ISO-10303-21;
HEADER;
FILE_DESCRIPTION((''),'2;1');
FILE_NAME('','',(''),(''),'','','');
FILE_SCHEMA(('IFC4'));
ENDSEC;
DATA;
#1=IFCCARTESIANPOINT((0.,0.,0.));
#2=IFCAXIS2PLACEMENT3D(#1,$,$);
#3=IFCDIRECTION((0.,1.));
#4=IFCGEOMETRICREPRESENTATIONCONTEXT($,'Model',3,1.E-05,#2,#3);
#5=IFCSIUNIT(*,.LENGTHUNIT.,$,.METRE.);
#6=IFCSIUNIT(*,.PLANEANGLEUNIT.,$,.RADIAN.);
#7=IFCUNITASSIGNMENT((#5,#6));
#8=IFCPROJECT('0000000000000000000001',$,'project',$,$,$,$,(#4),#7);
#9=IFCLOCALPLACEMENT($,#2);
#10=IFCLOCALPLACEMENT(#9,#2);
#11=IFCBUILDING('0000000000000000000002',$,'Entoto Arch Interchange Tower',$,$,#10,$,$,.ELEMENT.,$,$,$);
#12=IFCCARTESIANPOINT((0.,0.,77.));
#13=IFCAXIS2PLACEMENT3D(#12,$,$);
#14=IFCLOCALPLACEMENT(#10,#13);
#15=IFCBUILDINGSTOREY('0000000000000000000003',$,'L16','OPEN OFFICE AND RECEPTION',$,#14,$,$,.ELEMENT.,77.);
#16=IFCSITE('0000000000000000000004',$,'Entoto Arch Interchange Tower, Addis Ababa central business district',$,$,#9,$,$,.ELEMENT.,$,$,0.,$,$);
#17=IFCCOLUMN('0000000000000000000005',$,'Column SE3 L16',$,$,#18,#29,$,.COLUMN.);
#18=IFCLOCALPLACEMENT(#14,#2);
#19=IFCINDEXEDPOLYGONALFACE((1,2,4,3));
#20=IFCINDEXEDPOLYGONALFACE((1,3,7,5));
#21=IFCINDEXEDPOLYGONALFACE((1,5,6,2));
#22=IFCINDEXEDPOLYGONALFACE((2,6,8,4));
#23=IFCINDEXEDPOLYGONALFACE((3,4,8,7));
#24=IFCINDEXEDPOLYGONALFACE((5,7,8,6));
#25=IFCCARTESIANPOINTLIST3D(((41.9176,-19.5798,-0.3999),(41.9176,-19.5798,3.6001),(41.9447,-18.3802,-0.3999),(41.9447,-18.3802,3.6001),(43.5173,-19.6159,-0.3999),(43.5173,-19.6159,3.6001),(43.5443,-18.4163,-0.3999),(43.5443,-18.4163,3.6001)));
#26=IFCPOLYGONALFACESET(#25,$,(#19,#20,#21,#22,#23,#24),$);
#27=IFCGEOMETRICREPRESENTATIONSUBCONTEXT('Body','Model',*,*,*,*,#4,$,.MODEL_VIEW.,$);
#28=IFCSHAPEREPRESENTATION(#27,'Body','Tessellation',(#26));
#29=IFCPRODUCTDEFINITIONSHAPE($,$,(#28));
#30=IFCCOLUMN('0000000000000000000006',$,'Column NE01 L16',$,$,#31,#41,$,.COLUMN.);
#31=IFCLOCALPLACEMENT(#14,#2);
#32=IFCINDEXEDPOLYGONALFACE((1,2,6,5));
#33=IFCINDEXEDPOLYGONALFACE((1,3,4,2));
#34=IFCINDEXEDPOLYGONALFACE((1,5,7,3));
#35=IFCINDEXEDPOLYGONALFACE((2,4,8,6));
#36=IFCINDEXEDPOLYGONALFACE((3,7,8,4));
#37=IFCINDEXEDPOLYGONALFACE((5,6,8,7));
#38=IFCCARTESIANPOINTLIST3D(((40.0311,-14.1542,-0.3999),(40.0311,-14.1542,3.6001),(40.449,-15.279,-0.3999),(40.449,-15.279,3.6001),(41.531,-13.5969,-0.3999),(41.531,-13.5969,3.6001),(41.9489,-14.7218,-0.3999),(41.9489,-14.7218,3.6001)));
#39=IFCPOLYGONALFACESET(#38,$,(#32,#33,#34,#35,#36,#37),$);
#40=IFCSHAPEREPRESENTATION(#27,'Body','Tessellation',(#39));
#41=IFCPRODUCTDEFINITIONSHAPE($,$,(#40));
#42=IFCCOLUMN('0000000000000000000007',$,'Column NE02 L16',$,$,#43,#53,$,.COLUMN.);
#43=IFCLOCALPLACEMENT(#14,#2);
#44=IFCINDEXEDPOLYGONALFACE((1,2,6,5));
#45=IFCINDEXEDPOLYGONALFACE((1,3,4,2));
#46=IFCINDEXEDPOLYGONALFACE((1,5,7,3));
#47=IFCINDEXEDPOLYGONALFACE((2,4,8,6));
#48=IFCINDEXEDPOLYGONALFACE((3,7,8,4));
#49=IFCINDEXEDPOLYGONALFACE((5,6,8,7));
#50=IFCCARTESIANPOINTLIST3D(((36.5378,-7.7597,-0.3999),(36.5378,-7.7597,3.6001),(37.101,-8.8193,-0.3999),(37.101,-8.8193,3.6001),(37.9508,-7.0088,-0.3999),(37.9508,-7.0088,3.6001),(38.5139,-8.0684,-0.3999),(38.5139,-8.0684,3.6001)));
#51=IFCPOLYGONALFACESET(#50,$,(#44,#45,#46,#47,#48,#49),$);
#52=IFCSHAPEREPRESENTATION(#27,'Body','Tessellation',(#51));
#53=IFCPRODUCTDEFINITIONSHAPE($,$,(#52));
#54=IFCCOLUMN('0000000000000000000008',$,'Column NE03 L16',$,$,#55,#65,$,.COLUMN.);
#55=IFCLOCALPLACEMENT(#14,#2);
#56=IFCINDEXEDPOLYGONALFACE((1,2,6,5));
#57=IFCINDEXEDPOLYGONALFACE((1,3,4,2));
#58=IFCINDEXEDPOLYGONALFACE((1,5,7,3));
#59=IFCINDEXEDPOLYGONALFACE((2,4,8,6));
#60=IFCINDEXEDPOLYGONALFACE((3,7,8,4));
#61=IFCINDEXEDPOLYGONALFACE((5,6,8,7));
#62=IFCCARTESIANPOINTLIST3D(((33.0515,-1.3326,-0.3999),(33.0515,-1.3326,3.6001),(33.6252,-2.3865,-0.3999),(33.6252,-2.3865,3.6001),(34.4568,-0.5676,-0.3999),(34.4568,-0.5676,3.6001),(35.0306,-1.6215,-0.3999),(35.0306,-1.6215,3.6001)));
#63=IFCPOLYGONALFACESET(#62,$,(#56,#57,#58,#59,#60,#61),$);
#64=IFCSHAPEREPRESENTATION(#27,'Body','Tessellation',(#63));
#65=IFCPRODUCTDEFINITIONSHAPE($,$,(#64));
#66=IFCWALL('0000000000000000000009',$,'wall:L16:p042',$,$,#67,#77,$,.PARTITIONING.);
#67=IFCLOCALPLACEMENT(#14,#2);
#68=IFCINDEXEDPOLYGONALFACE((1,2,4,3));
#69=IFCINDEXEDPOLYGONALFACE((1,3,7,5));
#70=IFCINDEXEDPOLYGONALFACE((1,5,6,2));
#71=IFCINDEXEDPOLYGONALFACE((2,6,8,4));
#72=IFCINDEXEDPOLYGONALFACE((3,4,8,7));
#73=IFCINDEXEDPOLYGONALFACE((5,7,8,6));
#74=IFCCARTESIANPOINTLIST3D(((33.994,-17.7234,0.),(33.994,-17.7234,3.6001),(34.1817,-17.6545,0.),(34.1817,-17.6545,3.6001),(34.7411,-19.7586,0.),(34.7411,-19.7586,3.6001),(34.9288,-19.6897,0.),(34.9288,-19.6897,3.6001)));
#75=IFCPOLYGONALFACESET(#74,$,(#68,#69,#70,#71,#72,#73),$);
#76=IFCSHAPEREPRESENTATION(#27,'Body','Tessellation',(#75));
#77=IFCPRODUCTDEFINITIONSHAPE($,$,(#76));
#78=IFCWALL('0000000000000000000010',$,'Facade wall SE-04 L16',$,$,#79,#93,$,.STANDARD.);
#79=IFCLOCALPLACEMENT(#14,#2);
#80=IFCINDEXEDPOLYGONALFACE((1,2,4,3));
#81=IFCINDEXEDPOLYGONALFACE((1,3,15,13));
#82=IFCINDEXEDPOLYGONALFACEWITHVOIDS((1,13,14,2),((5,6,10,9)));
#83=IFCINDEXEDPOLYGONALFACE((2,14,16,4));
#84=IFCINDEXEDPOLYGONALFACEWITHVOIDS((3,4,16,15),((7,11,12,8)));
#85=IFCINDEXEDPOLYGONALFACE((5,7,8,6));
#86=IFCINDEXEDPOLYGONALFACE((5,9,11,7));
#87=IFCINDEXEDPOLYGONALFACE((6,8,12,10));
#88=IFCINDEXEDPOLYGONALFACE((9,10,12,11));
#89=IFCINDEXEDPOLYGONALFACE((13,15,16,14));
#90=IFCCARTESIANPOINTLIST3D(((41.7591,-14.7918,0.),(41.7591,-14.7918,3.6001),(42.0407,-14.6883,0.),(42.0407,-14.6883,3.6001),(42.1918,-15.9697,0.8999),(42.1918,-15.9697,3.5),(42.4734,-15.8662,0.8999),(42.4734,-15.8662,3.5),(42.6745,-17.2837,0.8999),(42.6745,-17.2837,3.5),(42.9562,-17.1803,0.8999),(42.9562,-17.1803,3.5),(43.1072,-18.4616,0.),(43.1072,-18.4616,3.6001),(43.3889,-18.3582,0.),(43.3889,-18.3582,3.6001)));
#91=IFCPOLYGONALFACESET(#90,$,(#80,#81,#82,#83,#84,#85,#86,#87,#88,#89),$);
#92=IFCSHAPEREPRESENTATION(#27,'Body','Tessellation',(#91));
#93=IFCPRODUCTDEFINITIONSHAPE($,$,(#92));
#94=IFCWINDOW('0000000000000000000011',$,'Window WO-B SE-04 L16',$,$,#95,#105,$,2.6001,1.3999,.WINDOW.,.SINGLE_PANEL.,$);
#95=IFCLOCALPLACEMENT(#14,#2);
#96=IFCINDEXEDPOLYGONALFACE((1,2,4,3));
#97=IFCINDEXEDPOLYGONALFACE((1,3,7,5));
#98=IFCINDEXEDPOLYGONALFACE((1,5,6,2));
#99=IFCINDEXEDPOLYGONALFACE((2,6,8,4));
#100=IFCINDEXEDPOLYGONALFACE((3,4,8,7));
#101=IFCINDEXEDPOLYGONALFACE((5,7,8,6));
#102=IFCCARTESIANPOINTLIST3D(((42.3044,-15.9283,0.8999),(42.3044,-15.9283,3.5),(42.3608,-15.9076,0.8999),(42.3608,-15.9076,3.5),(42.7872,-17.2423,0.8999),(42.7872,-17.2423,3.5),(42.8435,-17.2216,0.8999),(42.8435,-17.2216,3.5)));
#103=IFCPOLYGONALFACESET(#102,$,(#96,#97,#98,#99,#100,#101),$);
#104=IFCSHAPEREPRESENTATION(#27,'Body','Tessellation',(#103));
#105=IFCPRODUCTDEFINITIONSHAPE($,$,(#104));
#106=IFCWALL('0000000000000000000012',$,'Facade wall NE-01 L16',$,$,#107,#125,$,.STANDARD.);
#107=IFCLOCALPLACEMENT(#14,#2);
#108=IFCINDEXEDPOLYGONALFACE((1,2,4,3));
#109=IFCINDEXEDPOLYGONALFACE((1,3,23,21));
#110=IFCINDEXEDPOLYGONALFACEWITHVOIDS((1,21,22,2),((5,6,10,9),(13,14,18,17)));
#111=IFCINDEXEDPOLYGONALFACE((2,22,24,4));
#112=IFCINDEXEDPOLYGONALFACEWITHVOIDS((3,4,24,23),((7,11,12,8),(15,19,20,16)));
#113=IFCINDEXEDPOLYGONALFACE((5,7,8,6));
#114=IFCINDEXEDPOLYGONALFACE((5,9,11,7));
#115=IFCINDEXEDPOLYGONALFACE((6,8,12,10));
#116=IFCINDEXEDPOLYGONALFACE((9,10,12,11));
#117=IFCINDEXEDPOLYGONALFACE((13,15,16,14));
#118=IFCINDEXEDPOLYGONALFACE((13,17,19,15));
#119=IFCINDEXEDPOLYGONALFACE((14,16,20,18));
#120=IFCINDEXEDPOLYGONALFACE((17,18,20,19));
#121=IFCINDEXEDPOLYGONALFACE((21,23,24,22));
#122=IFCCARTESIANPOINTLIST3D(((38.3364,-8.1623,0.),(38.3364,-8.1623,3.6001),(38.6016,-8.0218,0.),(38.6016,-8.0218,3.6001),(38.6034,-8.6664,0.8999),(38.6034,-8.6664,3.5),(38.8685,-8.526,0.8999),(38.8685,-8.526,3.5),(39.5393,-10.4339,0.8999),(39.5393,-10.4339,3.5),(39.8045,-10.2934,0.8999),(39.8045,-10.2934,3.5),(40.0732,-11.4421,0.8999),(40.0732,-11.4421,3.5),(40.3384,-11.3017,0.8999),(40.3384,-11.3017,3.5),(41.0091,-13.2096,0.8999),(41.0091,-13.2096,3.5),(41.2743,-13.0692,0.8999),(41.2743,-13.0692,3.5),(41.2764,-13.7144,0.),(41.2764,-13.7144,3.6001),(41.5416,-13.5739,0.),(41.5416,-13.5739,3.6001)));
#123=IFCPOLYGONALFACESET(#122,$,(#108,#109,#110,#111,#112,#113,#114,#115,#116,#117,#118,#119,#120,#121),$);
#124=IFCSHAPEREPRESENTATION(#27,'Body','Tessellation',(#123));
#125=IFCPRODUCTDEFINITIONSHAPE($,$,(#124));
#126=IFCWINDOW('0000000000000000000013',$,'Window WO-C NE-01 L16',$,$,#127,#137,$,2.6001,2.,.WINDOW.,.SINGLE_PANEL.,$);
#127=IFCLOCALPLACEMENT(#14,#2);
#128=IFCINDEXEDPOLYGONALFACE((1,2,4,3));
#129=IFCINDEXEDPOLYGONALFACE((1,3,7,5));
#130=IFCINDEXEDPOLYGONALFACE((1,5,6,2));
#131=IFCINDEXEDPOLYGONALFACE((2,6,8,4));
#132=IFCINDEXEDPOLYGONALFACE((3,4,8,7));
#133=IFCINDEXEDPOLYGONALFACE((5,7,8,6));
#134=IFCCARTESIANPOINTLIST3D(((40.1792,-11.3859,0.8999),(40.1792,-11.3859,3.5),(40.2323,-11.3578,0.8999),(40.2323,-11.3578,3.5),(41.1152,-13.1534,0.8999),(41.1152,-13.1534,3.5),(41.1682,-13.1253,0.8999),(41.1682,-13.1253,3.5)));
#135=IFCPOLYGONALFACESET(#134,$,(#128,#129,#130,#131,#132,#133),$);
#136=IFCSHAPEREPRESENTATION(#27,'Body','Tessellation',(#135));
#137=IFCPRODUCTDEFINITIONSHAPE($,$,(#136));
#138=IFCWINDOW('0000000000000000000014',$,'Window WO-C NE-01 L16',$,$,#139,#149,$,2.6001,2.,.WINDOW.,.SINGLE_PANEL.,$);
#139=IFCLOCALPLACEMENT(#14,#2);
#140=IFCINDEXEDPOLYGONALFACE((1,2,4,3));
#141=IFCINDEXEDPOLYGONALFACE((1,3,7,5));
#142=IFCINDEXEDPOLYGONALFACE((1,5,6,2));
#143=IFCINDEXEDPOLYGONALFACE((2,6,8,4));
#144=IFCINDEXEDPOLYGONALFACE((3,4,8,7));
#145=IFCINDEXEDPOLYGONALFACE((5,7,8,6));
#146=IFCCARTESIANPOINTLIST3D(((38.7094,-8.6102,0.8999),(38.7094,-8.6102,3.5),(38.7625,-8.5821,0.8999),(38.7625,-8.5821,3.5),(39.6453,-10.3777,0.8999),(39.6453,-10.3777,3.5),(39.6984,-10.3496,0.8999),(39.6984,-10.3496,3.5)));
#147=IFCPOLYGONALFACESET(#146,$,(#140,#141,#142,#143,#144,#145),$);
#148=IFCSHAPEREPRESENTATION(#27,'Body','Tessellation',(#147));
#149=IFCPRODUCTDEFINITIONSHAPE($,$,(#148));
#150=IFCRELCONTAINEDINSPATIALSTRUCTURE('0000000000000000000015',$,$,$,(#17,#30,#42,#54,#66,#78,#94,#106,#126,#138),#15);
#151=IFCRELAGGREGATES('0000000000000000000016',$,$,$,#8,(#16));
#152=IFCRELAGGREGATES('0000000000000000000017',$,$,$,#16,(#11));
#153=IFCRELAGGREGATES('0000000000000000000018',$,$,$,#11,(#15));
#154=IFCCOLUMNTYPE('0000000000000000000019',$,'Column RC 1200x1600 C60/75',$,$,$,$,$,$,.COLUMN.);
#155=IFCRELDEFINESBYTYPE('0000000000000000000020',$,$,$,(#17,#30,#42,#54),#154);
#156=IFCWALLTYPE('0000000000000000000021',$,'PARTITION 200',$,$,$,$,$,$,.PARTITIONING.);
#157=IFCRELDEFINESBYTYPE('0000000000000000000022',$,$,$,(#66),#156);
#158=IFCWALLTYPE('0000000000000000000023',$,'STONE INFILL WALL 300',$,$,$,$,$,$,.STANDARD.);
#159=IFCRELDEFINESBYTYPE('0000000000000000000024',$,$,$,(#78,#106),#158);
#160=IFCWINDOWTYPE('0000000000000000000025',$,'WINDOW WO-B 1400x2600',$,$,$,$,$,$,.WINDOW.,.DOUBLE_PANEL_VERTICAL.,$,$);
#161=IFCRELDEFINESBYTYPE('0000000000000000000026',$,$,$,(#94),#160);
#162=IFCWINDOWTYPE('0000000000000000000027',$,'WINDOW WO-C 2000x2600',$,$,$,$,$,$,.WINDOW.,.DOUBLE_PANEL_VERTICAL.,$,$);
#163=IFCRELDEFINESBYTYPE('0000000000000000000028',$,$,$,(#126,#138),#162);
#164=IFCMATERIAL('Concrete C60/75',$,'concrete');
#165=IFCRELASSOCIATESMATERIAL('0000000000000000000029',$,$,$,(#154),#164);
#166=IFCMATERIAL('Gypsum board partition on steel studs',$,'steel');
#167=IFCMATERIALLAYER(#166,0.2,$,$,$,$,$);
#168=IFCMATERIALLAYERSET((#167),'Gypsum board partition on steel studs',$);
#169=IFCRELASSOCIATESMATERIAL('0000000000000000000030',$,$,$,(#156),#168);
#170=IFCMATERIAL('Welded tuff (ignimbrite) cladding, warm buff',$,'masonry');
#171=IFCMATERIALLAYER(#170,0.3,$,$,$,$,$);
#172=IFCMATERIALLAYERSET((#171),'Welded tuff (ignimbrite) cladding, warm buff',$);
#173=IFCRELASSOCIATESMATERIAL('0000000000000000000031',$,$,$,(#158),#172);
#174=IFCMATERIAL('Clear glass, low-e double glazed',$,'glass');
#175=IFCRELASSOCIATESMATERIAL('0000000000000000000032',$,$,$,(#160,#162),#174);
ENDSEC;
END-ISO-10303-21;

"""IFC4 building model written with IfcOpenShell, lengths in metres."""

from ifc_helpers import new_model, si_unit, direction, frame, frame_2d, origin, origin_2d, place, context, subcontext, project, spatial, rectangle, extrude, material, layer, layer_set, material_profile, profile_set, type_object, element, fill, save


model = new_model("IFC4")

# Units and contexts
model_context = context("Model", 3, precision=1e-05, world=origin(), true_north=direction((0.0, 1.0)))
body_context = subcontext(model_context, "Body", "Model", "MODEL_VIEW")
ifc_project = project(units=[si_unit("LENGTHUNIT", "METRE"), si_unit("PLANEANGLEUNIT", "RADIAN")], contexts=[model_context])

# Site, building, storey
site_placement = place(None, origin())
site = spatial("IfcSite", under=ifc_project, at=site_placement, Name="Entoto Arch Interchange Tower, Addis Ababa central business district", CompositionType="ELEMENT", RefElevation=0.0)
building_placement = place(site_placement, origin())
building = spatial("IfcBuilding", under=site, at=building_placement, Name="Entoto Arch Interchange Tower", CompositionType="ELEMENT")
storey_placement = place(building_placement, frame((0.0, 0.0, 77.0)))
storey = spatial("IfcBuildingStorey", under=building, at=storey_placement, Name="L16", Description="OPEN OFFICE AND RECEPTION", CompositionType="ELEMENT", Elevation=77.0)

# Columns
ifc_material_1 = material(Name="Concrete C60/75", Category="concrete")
ifc_material_profile = material_profile(ifc_material_1, rectangle(XDim=1.2, YDim=1.6001, at=origin_2d()))
ifc_profile_set = profile_set([ifc_material_profile], Name="Concrete C60/75")
column_type = type_object("IfcColumnType", Name="Column RC 1200x1600 C60/75", PredefinedType="COLUMN", material=ifc_profile_set)
for number, where, z_axis, x_axis, name in (
    (1, (42.731, -18.998, -0.3999), (0.0, 0.0, 1.0), (0.022565, 0.999745, 0.0), "Column SE3 L16"),
    (2, (40.99, -14.438, -0.3999), (0.0, 0.0, 1.0), (-0.348278, 0.937391, 0.0), "Column NE01 L16"),
    (3, (37.5259, -7.9141, -0.3999), (0.0, 0.0, 1.0), (-0.469317, 0.88303, 0.0), "Column NE02 L16"),
    (4, (34.041, -1.4771, -0.3999), (0.0, 0.0, 1.0), (-0.47814, 0.878284, 0.0), "Column NE03 L16"),
):
    element("IfcColumn", number, at=place(storey_placement, frame(where, z_axis=z_axis, x_axis=x_axis)), inside=storey, type_object=column_type, Name=name, PredefinedType="COLUMN", context=body_context, shape_type="SweptSolid", body=[
        extrude(rectangle(XDim=1.2, YDim=1.6001, at=origin_2d()), origin(), (0.0, 0.0, 1.0), 4.0),
    ])

# Wall
ifc_material_2 = material(Name="Gypsum board partition on steel studs", Category="steel")
ifc_layer_1 = layer(ifc_material_2, 0.2)
ifc_layer_set_1 = layer_set([ifc_layer_1], Name="Gypsum board partition on steel studs")
wall_type_1 = type_object("IfcWallType", Name="PARTITION 200", PredefinedType="PARTITIONING", material=ifc_layer_set_1)
wall_1_placement = place(storey_placement, frame((34.0879, -17.689, 0.0), z_axis=(0.0, 0.0, 1.0), x_axis=(0.344599, -0.93875, 0.0)))
element("IfcWall", 5, at=wall_1_placement, inside=storey, type_object=wall_type_1, Name="wall:L16:p042", PredefinedType="PARTITIONING", context=body_context, shape_type="SweptSolid", body=[
    extrude(rectangle(XDim=2.168, YDim=0.2, at=frame_2d((1.084, 0.0))), origin(), (0.0, 0.0, 1.0), 3.6001),
])

# Wall, opening, window
ifc_material_3 = material(Name="Welded tuff (ignimbrite) cladding, warm buff", Category="masonry")
ifc_layer_2 = layer(ifc_material_3, 0.3)
ifc_layer_set_2 = layer_set([ifc_layer_2], Name="Welded tuff (ignimbrite) cladding, warm buff")
wall_type_2 = type_object("IfcWallType", Name="STONE INFILL WALL 300", PredefinedType="STANDARD", material=ifc_layer_set_2)
wall_2_placement = place(storey_placement, frame((43.248, -18.4099, 0.0), z_axis=(0.0, 0.0, 1.0), x_axis=(-0.34482, 0.938669, 0.0)))
wall_2 = element("IfcWall", 6, at=wall_2_placement, inside=storey, type_object=wall_type_2, Name="Facade wall SE-04 L16", PredefinedType="STANDARD", context=body_context, shape_type="SweptSolid", body=[
    extrude(rectangle(XDim=3.9097, YDim=0.3, at=frame_2d((1.9548, 0.0))), origin(), (0.0, 0.0, 1.0), 3.6001),
])
opening_1_placement = place(wall_2_placement, frame((1.2549, 0.0, 0.8999)))
opening_1 = element("IfcOpeningElement", 7, at=opening_1_placement, cuts=wall_2, PredefinedType="OPENING", context=body_context, shape_type="SweptSolid", body=[
    extrude(rectangle(XDim=1.3999, YDim=2.6001, at=frame_2d((0.7, 1.3))), frame((0.0, 0.1602, 0.0), z_axis=(0.0, -1.0, 0.0), x_axis=(1.0, 0.0, 0.0)), (0.0, 0.0, 1.0), 0.3201),
])
ifc_material_4 = material(Name="Clear glass, low-e double glazed", Category="glass")
window_type_1 = type_object("IfcWindowType", Name="WINDOW WO-B 1400x2600", PartitioningType="DOUBLE_PANEL_VERTICAL", PredefinedType="WINDOW", material=ifc_material_4)
window_1_placement = place(opening_1_placement, origin())
window_1 = element("IfcWindow", 8, at=window_1_placement, inside=storey, type_object=window_type_1, Name="Window WO-B SE-04 L16", OverallHeight=2.6001, OverallWidth=1.3999, PartitioningType="SINGLE_PANEL", PredefinedType="WINDOW", context=body_context, shape_type="SweptSolid", body=[
    extrude(rectangle(XDim=1.3999, YDim=2.6001, at=frame_2d((0.7, 1.3))), frame((0.0, 0.03, 0.0), z_axis=(0.0, -1.0, 0.0), x_axis=(1.0, 0.0, 0.0)), (0.0, 0.0, 1.0), 0.0601),
])
fill(opening_1, window_1)

# Wall, openings, windows
wall_3_placement = place(storey_placement, frame((41.4089, -13.644, 0.0), z_axis=(0.0, 0.0, 1.0), x_axis=(-0.467968, 0.883745, 0.0)))
wall_3 = element("IfcWall", 9, at=wall_3_placement, inside=storey, type_object=wall_type_2, Name="Facade wall NE-01 L16", PredefinedType="STANDARD", context=body_context, shape_type="SweptSolid", body=[
    extrude(rectangle(XDim=6.2825, YDim=0.3, at=frame_2d((3.1411, 0.0))), origin(), (0.0, 0.0, 1.0), 3.6001),
])
opening_2_placement = place(wall_3_placement, frame((0.571, 0.0, 0.8999)))
opening_2 = element("IfcOpeningElement", 10, at=opening_2_placement, cuts=wall_3, PredefinedType="OPENING", context=body_context, shape_type="SweptSolid", body=[
    extrude(rectangle(XDim=2.0, YDim=2.6001, at=frame_2d((1.0, 1.3))), frame((0.0, 0.1602, 0.0), z_axis=(0.0, -1.0, 0.0), x_axis=(1.0, 0.0, 0.0)), (0.0, 0.0, 1.0), 0.3201),
])
opening_3_placement = place(wall_3_placement, frame((3.7119, 0.0, 0.8999)))
opening_3 = element("IfcOpeningElement", 11, at=opening_3_placement, cuts=wall_3, PredefinedType="OPENING", context=body_context, shape_type="SweptSolid", body=[
    extrude(rectangle(XDim=2.0, YDim=2.6001, at=frame_2d((1.0, 1.3))), frame((0.0, 0.1602, 0.0), z_axis=(0.0, -1.0, 0.0), x_axis=(1.0, 0.0, 0.0)), (0.0, 0.0, 1.0), 0.3201),
])
window_type_2 = type_object("IfcWindowType", Name="WINDOW WO-C 2000x2600", PartitioningType="DOUBLE_PANEL_VERTICAL", PredefinedType="WINDOW", material=ifc_material_4)
window_2_placement = place(opening_2_placement, origin())
window_2 = element("IfcWindow", 12, at=window_2_placement, inside=storey, type_object=window_type_2, Name="Window WO-C NE-01 L16", OverallHeight=2.6001, OverallWidth=2.0, PartitioningType="SINGLE_PANEL", PredefinedType="WINDOW", context=body_context, shape_type="SweptSolid", body=[
    extrude(rectangle(XDim=2.0, YDim=2.6001, at=frame_2d((1.0, 1.3))), frame((0.0, 0.03, 0.0), z_axis=(0.0, -1.0, 0.0), x_axis=(1.0, 0.0, 0.0)), (0.0, 0.0, 1.0), 0.0601),
])
fill(opening_2, window_2)
window_3_placement = place(opening_3_placement, origin())
window_3 = element("IfcWindow", 13, at=window_3_placement, inside=storey, type_object=window_type_2, Name="Window WO-C NE-01 L16", OverallHeight=2.6001, OverallWidth=2.0, PartitioningType="SINGLE_PANEL", PredefinedType="WINDOW", context=body_context, shape_type="SweptSolid", body=[
    extrude(rectangle(XDim=2.0, YDim=2.6001, at=frame_2d((1.0, 1.3))), frame((0.0, 0.03, 0.0), z_axis=(0.0, -1.0, 0.0), x_axis=(1.0, 0.0, 0.0)), (0.0, 0.0, 1.0), 0.0601),
])
fill(opening_3, window_3)

save(model, "model.ifc")
